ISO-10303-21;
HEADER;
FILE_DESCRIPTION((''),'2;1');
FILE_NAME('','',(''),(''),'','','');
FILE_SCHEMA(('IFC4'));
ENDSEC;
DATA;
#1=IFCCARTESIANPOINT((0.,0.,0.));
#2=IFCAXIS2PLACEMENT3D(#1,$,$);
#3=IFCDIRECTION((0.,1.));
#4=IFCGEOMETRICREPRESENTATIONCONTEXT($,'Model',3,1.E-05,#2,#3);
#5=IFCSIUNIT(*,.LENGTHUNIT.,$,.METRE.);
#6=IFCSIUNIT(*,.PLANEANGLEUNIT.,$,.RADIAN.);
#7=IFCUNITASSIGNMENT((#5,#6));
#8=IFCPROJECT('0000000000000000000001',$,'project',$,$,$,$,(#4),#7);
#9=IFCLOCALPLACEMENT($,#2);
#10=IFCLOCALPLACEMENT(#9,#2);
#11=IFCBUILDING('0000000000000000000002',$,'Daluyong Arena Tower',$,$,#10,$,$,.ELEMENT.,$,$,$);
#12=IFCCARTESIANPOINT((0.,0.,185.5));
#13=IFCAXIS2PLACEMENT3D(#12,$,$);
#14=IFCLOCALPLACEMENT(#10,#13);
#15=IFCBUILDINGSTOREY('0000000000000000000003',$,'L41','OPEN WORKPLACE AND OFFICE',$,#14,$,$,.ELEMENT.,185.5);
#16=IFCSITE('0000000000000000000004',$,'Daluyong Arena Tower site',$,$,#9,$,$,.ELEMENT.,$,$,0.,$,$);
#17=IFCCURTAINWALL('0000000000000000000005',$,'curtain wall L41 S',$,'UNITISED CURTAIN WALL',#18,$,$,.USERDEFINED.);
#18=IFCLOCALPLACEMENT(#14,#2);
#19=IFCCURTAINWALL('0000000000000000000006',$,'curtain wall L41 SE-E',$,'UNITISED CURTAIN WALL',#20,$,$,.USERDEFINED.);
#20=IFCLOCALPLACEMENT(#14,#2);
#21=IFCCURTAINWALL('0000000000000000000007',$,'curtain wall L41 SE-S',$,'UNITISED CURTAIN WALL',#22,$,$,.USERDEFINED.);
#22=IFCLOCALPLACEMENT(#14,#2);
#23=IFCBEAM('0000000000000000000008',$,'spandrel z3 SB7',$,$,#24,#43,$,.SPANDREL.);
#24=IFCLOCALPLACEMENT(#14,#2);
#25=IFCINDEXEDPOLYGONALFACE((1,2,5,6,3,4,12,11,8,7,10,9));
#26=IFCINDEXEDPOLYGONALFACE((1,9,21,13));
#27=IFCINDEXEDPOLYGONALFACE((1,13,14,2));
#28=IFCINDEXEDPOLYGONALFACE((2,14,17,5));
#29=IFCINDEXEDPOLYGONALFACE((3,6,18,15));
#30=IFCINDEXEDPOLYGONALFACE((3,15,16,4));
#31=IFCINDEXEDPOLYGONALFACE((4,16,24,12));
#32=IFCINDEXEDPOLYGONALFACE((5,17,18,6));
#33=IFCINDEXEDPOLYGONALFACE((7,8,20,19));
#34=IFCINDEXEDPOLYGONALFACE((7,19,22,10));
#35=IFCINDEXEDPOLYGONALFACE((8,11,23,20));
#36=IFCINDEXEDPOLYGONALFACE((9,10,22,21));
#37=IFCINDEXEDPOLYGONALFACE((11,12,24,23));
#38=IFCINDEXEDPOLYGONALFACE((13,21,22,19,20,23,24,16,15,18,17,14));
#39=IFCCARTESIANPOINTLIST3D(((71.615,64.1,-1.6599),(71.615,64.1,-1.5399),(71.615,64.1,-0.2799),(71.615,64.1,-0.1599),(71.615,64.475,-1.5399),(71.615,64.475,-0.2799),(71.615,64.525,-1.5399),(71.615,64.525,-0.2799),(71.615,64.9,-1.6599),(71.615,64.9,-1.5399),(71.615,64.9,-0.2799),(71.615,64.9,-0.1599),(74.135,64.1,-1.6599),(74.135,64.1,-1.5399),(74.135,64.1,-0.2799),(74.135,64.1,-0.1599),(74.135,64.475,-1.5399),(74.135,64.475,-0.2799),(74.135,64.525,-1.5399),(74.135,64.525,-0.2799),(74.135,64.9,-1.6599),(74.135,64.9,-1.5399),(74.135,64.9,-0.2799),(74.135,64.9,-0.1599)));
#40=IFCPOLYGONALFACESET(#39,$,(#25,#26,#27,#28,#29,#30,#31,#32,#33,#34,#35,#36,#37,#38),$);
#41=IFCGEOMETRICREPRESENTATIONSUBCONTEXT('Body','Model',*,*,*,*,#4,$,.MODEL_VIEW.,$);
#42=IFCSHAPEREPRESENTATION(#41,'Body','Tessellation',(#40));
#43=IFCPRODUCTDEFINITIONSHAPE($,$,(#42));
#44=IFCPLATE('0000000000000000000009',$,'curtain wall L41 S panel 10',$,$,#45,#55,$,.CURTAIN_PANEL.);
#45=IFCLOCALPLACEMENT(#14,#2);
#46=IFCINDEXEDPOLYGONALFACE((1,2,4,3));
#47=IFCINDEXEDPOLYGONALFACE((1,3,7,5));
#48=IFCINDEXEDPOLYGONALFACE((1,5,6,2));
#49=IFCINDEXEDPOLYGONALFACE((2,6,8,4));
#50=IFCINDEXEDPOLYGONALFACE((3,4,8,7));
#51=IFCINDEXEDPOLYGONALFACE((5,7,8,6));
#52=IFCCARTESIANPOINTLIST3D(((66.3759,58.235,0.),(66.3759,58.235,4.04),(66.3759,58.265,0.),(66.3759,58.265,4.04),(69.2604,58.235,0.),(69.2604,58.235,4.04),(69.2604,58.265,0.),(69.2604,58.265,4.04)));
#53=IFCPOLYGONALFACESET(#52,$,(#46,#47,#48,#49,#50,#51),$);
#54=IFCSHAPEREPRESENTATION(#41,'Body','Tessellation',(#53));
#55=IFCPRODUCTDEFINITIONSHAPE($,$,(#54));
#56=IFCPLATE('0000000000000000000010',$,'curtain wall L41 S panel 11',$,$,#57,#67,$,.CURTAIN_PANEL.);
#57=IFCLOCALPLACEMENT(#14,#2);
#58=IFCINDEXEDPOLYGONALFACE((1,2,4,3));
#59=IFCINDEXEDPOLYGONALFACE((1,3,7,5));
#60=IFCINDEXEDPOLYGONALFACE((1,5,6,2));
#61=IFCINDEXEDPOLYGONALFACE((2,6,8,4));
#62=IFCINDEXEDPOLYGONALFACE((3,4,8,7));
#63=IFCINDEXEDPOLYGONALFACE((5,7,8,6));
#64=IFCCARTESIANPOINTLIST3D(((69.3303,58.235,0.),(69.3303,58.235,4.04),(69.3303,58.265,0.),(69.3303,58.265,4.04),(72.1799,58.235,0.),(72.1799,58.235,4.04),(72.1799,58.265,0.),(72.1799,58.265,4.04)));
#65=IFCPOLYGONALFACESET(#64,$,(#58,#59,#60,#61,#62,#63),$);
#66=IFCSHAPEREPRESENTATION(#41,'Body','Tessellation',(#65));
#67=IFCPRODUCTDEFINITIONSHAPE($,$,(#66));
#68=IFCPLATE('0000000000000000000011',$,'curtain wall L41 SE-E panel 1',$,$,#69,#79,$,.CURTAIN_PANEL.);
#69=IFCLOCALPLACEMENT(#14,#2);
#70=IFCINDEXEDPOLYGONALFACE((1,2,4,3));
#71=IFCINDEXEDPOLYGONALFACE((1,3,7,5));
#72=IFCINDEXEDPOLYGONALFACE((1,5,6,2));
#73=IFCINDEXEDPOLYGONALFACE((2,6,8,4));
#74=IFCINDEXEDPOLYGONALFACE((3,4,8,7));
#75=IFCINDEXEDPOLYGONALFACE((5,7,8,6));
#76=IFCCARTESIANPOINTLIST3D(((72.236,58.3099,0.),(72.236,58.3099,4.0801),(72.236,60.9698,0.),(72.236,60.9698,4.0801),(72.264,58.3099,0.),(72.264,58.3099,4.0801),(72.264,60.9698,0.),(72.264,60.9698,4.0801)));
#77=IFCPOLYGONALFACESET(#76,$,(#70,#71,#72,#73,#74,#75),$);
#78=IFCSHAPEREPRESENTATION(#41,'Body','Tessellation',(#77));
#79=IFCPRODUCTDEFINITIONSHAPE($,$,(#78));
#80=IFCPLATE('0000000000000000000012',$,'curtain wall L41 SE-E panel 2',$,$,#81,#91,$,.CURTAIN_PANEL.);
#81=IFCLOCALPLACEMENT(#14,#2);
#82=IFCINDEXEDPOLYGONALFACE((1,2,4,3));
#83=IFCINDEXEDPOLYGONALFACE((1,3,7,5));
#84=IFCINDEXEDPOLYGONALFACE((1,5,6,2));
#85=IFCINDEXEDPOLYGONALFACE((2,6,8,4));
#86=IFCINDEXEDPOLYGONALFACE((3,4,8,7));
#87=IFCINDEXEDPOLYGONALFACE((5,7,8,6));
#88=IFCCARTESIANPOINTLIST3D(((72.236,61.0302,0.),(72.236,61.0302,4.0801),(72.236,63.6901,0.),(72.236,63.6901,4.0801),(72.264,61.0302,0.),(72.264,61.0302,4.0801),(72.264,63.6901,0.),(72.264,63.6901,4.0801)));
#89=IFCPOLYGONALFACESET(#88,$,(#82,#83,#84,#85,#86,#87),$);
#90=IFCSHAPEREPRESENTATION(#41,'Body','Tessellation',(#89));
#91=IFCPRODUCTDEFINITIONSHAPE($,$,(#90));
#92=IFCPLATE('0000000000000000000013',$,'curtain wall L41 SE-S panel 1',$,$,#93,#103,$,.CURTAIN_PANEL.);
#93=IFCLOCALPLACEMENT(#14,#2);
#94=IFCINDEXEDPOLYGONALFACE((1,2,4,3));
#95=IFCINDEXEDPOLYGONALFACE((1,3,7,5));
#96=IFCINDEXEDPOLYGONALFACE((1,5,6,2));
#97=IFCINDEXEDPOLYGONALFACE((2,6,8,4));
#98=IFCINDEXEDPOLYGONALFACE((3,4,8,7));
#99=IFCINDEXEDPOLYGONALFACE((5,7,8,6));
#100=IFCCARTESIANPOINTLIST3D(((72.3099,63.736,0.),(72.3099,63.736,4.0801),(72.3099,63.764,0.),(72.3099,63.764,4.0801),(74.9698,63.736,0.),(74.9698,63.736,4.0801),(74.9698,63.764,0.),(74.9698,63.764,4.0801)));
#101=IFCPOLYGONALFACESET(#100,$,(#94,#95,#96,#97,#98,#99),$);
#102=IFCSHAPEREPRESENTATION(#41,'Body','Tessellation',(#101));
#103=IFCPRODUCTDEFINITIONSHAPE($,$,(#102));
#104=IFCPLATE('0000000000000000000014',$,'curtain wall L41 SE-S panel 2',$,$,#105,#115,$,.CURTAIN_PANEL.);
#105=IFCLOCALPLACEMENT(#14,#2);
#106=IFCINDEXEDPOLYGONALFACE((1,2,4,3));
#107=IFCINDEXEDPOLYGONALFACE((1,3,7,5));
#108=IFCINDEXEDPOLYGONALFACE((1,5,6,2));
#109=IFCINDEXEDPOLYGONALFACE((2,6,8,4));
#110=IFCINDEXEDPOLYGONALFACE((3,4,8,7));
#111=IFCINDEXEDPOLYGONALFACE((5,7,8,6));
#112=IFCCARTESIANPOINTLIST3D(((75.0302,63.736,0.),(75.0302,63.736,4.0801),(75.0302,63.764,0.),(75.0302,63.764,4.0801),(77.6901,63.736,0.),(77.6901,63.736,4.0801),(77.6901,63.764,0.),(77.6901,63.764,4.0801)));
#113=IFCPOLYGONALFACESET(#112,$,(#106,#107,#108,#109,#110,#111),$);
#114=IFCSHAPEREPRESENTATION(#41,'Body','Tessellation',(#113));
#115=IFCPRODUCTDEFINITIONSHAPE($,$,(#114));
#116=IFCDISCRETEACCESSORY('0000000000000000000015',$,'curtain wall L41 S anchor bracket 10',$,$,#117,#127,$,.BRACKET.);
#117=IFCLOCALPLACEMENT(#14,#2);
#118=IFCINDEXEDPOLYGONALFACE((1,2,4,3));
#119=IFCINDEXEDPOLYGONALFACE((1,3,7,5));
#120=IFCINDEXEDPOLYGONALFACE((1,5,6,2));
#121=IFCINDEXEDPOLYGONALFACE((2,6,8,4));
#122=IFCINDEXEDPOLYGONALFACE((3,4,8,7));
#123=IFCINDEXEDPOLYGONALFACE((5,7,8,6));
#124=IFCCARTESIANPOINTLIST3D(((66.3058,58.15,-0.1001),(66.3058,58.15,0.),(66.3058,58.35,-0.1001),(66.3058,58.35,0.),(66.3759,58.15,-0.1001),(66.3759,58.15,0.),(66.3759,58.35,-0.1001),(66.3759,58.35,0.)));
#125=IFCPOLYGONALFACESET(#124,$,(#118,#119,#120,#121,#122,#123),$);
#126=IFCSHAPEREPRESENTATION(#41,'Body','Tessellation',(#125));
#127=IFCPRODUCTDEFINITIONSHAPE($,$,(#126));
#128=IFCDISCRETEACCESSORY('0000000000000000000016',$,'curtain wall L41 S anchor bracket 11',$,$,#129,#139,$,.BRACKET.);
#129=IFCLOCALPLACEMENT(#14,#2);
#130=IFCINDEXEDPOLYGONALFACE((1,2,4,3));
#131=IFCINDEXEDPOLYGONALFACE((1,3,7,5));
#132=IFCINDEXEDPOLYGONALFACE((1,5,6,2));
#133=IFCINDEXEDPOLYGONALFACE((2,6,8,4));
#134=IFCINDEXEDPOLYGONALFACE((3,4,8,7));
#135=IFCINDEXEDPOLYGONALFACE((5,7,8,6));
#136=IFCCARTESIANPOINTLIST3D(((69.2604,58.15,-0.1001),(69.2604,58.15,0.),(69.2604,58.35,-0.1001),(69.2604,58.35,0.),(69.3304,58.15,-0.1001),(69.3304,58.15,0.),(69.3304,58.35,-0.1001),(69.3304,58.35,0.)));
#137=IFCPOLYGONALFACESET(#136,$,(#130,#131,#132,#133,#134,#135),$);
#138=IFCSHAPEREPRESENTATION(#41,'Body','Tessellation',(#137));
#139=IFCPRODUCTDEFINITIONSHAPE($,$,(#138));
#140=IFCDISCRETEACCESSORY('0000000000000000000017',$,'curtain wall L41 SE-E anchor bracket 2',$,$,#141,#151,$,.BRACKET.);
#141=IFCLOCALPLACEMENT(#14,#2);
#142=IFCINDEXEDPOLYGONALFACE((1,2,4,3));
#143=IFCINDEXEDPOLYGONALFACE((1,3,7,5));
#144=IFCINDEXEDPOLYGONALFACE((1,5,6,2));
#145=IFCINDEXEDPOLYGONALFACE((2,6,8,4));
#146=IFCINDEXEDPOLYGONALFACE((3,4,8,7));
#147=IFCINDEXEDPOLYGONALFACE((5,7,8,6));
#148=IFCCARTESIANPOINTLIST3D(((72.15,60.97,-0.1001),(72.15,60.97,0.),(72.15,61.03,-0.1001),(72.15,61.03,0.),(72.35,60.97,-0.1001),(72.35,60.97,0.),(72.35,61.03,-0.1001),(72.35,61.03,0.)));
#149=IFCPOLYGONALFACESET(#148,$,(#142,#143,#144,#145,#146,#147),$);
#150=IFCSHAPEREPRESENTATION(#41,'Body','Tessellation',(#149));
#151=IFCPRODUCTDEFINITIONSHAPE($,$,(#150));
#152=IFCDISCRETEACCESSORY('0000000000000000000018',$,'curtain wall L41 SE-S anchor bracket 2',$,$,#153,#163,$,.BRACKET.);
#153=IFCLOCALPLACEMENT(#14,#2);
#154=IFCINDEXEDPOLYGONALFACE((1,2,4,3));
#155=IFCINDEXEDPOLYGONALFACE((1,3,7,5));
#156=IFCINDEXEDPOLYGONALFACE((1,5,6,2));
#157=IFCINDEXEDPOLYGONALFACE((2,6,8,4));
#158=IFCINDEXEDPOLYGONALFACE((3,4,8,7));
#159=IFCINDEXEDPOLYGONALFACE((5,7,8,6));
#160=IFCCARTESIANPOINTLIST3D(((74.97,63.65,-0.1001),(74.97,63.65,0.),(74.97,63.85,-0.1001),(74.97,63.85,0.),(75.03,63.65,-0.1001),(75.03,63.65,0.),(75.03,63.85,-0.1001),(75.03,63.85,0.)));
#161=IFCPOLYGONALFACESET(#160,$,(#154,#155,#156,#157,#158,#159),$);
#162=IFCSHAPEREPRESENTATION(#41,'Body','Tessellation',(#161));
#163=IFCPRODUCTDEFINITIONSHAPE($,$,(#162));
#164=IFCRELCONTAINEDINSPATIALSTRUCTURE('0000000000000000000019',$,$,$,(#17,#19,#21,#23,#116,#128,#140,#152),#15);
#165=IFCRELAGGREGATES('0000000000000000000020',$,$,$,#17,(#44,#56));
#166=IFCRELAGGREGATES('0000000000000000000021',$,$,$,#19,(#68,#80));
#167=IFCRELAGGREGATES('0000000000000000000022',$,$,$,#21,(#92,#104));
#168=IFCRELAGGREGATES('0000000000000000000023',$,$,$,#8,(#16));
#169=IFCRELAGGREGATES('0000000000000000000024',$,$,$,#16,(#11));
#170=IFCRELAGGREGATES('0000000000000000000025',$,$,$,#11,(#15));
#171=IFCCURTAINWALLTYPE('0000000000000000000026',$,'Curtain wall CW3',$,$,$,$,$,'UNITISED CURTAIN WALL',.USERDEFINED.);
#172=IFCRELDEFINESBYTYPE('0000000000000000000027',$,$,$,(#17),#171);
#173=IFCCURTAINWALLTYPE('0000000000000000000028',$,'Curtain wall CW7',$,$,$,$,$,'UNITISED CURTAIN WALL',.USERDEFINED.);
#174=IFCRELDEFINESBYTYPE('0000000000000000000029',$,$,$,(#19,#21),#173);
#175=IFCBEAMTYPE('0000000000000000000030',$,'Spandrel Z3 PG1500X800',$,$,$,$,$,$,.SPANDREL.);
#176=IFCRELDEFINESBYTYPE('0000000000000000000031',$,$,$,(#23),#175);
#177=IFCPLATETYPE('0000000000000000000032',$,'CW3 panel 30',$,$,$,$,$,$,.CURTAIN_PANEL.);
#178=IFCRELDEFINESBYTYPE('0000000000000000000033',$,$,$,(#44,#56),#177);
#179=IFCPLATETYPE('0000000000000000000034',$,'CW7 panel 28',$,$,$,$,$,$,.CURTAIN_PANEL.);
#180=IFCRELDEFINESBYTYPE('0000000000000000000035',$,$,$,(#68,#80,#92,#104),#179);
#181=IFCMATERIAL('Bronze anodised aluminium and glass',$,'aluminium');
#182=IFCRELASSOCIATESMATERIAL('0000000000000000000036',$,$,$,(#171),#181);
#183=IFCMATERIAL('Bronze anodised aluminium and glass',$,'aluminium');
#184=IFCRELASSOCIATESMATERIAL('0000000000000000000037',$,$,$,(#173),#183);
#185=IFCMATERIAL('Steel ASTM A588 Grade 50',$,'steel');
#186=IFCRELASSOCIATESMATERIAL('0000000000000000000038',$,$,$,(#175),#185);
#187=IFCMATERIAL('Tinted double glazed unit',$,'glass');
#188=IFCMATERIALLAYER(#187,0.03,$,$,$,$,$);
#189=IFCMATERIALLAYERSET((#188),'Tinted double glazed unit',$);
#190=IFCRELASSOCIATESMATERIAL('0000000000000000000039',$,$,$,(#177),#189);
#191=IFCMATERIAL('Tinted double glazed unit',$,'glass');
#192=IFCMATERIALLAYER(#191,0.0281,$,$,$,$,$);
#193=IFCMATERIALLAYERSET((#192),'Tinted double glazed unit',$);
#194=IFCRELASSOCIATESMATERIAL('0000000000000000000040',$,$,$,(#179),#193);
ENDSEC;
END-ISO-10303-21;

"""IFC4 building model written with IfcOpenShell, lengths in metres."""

from ifc_helpers import new_model, si_unit, direction, frame, origin, origin_2d, place, context, subcontext, project, spatial, rectangle, i_section, extrude, material, layer, layer_set, material_profile, profile_set, type_object, element, aggregate, save


model = new_model("IFC4")

# Units and contexts
model_context = context("Model", 3, precision=1e-05, world=origin(), true_north=direction((0.0, 1.0)))
body_context = subcontext(model_context, "Body", "Model", "MODEL_VIEW")
ifc_project = project(units=[si_unit("LENGTHUNIT", "METRE"), si_unit("PLANEANGLEUNIT", "RADIAN")], contexts=[model_context])

# Site, building, storey
site_placement = place(None, origin())
site = spatial("IfcSite", under=ifc_project, at=site_placement, Name="Daluyong Arena Tower site", CompositionType="ELEMENT", RefElevation=0.0)
building_placement = place(site_placement, origin())
building = spatial("IfcBuilding", under=site, at=building_placement, Name="Daluyong Arena Tower", CompositionType="ELEMENT")
storey_placement = place(building_placement, frame((0.0, 0.0, 185.5)))
storey = spatial("IfcBuildingStorey", under=building, at=storey_placement, Name="L41", Description="OPEN WORKPLACE AND OFFICE", CompositionType="ELEMENT", Elevation=185.5)

# Curtain wall
ifc_material_1 = material(Name="Bronze anodised aluminium and glass", Category="aluminium")
curtain_wall_type_1 = type_object("IfcCurtainWallType", Name="Curtain wall CW3", ElementType="UNITISED CURTAIN WALL", PredefinedType="USERDEFINED", material=ifc_material_1)
curtain_wall_1_placement = place(storey_placement, origin())
curtain_wall_1 = element("IfcCurtainWall", 1, at=curtain_wall_1_placement, inside=storey, type_object=curtain_wall_type_1, Name="curtain wall L41 S", ObjectType="UNITISED CURTAIN WALL", PredefinedType="USERDEFINED")

# Curtain walls
ifc_material_2 = material(Name="Bronze anodised aluminium and glass", Category="aluminium")
curtain_wall_type_2 = type_object("IfcCurtainWallType", Name="Curtain wall CW7", ElementType="UNITISED CURTAIN WALL", PredefinedType="USERDEFINED", material=ifc_material_2)
curtain_wall_2_placement = place(storey_placement, origin())
curtain_wall_2 = element("IfcCurtainWall", 2, at=curtain_wall_2_placement, inside=storey, type_object=curtain_wall_type_2, Name="curtain wall L41 SE-E", ObjectType="UNITISED CURTAIN WALL", PredefinedType="USERDEFINED")
curtain_wall_3_placement = place(storey_placement, origin())
curtain_wall_3 = element("IfcCurtainWall", 3, at=curtain_wall_3_placement, inside=storey, type_object=curtain_wall_type_2, Name="curtain wall L41 SE-S", ObjectType="UNITISED CURTAIN WALL", PredefinedType="USERDEFINED")

# Beam
ifc_material_3 = material(Name="Steel ASTM A588 Grade 50", Category="steel")
ifc_material_profile_1 = material_profile(ifc_material_3, i_section(OverallWidth=0.8, OverallDepth=1.5, WebThickness=0.05, FlangeThickness=0.12, at=origin_2d()))
ifc_profile_set_1 = profile_set([ifc_material_profile_1], Name="Steel ASTM A588 Grade 50")
beam_type_1 = type_object("IfcBeamType", Name="Spandrel Z3 PG1500X800", PredefinedType="SPANDREL", material=ifc_profile_set_1)
for number, where, z_axis, x_axis, name in (
    (4, (71.615, 64.5, -0.9099), (1.0, 0.0, 0.0), (0.0, 1.0, 0.0), "spandrel z3 SB7"),
):
    element("IfcBeam", number, at=place(storey_placement, frame(where, z_axis=z_axis, x_axis=x_axis)), inside=storey, type_object=beam_type_1, Name=name, PredefinedType="SPANDREL", context=body_context, shape_type="SweptSolid", body=[
        extrude(i_section(OverallWidth=0.8, OverallDepth=1.5, WebThickness=0.05, FlangeThickness=0.12, at=origin_2d()), origin(), (0.0, 0.0, 1.0), 2.52),
    ])

# Plates
ifc_material_4 = material(Name="Tinted double glazed unit", Category="glass")
ifc_layer_1 = layer(ifc_material_4, 0.03)
ifc_layer_set_1 = layer_set([ifc_layer_1], Name="Tinted double glazed unit")
plate_type_1 = type_object("IfcPlateType", Name="CW3 panel 30", PredefinedType="CURTAIN_PANEL", material=ifc_layer_set_1)
plate_1_placement = place(storey_placement, frame((67.8181, 58.25, 0.0), z_axis=(0.0, 0.0, 1.0), x_axis=(1.0, 0.0, 0.0)))
plate_1 = element("IfcPlate", 5, at=plate_1_placement, type_object=plate_type_1, Name="curtain wall L41 S panel 10", PredefinedType="CURTAIN_PANEL", context=body_context, shape_type="SweptSolid", body=[
    extrude(rectangle(XDim=2.8845, YDim=0.03, at=origin_2d()), origin(), (0.0, 0.0, 1.0), 4.04),
])
plate_2_placement = place(storey_placement, frame((70.7551, 58.25, 0.0), z_axis=(0.0, 0.0, 1.0), x_axis=(1.0, 0.0, 0.0)))
plate_2 = element("IfcPlate", 6, at=plate_2_placement, type_object=plate_type_1, Name="curtain wall L41 S panel 11", PredefinedType="CURTAIN_PANEL", context=body_context, shape_type="SweptSolid", body=[
    extrude(rectangle(XDim=2.8496, YDim=0.03, at=origin_2d()), origin(), (0.0, 0.0, 1.0), 4.04),
])
aggregate(curtain_wall_1, [plate_1, plate_2])
ifc_material_5 = material(Name="Tinted double glazed unit", Category="glass")
ifc_layer_2 = layer(ifc_material_5, 0.0281)
ifc_layer_set_2 = layer_set([ifc_layer_2], Name="Tinted double glazed unit")
plate_type_2 = type_object("IfcPlateType", Name="CW7 panel 28", PredefinedType="CURTAIN_PANEL", material=ifc_layer_set_2)
plate_3_placement = place(storey_placement, frame((72.25, 59.6399, 0.0), z_axis=(0.0, 0.0, 1.0), x_axis=(0.0, 1.0, 0.0)))
plate_3 = element("IfcPlate", 7, at=plate_3_placement, type_object=plate_type_2, Name="curtain wall L41 SE-E panel 1", PredefinedType="CURTAIN_PANEL", context=body_context, shape_type="SweptSolid", body=[
    extrude(rectangle(XDim=2.6599, YDim=0.0281, at=origin_2d()), origin(), (0.0, 0.0, 1.0), 4.0801),
])
plate_4_placement = place(storey_placement, frame((72.25, 62.3601, 0.0), z_axis=(0.0, 0.0, 1.0), x_axis=(0.0, 1.0, 0.0)))
plate_4 = element("IfcPlate", 8, at=plate_4_placement, type_object=plate_type_2, Name="curtain wall L41 SE-E panel 2", PredefinedType="CURTAIN_PANEL", context=body_context, shape_type="SweptSolid", body=[
    extrude(rectangle(XDim=2.6599, YDim=0.0281, at=origin_2d()), origin(), (0.0, 0.0, 1.0), 4.0801),
])
aggregate(curtain_wall_2, [plate_3, plate_4])
plate_5_placement = place(storey_placement, frame((73.6399, 63.75, 0.0), z_axis=(0.0, 0.0, 1.0), x_axis=(1.0, 0.0, 0.0)))
plate_5 = element("IfcPlate", 9, at=plate_5_placement, type_object=plate_type_2, Name="curtain wall L41 SE-S panel 1", PredefinedType="CURTAIN_PANEL", context=body_context, shape_type="SweptSolid", body=[
    extrude(rectangle(XDim=2.6599, YDim=0.0281, at=origin_2d()), origin(), (0.0, 0.0, 1.0), 4.0801),
])
plate_6_placement = place(storey_placement, frame((76.3601, 63.75, 0.0), z_axis=(0.0, 0.0, 1.0), x_axis=(1.0, 0.0, 0.0)))
plate_6 = element("IfcPlate", 10, at=plate_6_placement, type_object=plate_type_2, Name="curtain wall L41 SE-S panel 2", PredefinedType="CURTAIN_PANEL", context=body_context, shape_type="SweptSolid", body=[
    extrude(rectangle(XDim=2.6599, YDim=0.0281, at=origin_2d()), origin(), (0.0, 0.0, 1.0), 4.0801),
])
aggregate(curtain_wall_3, [plate_5, plate_6])

# Discrete accessories
for number, where, z_axis, x_axis, name in (
    (11, (66.3408, 58.25, -0.1001), (0.0, 0.0, 1.0), (1.0, 0.0, 0.0), "curtain wall L41 S anchor bracket 10"),
    (12, (69.2954, 58.25, -0.1001), (0.0, 0.0, 1.0), (1.0, 0.0, 0.0), "curtain wall L41 S anchor bracket 11"),
):
    element("IfcDiscreteAccessory", number, at=place(storey_placement, frame(where, z_axis=z_axis, x_axis=x_axis)), inside=storey, Name=name, PredefinedType="BRACKET", context=body_context, shape_type="SweptSolid", body=[
        extrude(rectangle(XDim=0.0701, YDim=0.2, at=origin_2d()), origin(), (0.0, 0.0, 1.0), 0.1001),
    ])
for number, where, z_axis, x_axis, name in (
    (13, (72.25, 61.0, -0.1001), (0.0, 0.0, 1.0), (0.0, 1.0, 0.0), "curtain wall L41 SE-E anchor bracket 2"),
    (14, (75.0, 63.75, -0.1001), (0.0, 0.0, 1.0), (1.0, 0.0, 0.0), "curtain wall L41 SE-S anchor bracket 2"),
):
    element("IfcDiscreteAccessory", number, at=place(storey_placement, frame(where, z_axis=z_axis, x_axis=x_axis)), inside=storey, Name=name, PredefinedType="BRACKET", context=body_context, shape_type="SweptSolid", body=[
        extrude(rectangle(XDim=0.0601, YDim=0.2, at=origin_2d()), origin(), (0.0, 0.0, 1.0), 0.1001),
    ])

save(model, "model.ifc")
